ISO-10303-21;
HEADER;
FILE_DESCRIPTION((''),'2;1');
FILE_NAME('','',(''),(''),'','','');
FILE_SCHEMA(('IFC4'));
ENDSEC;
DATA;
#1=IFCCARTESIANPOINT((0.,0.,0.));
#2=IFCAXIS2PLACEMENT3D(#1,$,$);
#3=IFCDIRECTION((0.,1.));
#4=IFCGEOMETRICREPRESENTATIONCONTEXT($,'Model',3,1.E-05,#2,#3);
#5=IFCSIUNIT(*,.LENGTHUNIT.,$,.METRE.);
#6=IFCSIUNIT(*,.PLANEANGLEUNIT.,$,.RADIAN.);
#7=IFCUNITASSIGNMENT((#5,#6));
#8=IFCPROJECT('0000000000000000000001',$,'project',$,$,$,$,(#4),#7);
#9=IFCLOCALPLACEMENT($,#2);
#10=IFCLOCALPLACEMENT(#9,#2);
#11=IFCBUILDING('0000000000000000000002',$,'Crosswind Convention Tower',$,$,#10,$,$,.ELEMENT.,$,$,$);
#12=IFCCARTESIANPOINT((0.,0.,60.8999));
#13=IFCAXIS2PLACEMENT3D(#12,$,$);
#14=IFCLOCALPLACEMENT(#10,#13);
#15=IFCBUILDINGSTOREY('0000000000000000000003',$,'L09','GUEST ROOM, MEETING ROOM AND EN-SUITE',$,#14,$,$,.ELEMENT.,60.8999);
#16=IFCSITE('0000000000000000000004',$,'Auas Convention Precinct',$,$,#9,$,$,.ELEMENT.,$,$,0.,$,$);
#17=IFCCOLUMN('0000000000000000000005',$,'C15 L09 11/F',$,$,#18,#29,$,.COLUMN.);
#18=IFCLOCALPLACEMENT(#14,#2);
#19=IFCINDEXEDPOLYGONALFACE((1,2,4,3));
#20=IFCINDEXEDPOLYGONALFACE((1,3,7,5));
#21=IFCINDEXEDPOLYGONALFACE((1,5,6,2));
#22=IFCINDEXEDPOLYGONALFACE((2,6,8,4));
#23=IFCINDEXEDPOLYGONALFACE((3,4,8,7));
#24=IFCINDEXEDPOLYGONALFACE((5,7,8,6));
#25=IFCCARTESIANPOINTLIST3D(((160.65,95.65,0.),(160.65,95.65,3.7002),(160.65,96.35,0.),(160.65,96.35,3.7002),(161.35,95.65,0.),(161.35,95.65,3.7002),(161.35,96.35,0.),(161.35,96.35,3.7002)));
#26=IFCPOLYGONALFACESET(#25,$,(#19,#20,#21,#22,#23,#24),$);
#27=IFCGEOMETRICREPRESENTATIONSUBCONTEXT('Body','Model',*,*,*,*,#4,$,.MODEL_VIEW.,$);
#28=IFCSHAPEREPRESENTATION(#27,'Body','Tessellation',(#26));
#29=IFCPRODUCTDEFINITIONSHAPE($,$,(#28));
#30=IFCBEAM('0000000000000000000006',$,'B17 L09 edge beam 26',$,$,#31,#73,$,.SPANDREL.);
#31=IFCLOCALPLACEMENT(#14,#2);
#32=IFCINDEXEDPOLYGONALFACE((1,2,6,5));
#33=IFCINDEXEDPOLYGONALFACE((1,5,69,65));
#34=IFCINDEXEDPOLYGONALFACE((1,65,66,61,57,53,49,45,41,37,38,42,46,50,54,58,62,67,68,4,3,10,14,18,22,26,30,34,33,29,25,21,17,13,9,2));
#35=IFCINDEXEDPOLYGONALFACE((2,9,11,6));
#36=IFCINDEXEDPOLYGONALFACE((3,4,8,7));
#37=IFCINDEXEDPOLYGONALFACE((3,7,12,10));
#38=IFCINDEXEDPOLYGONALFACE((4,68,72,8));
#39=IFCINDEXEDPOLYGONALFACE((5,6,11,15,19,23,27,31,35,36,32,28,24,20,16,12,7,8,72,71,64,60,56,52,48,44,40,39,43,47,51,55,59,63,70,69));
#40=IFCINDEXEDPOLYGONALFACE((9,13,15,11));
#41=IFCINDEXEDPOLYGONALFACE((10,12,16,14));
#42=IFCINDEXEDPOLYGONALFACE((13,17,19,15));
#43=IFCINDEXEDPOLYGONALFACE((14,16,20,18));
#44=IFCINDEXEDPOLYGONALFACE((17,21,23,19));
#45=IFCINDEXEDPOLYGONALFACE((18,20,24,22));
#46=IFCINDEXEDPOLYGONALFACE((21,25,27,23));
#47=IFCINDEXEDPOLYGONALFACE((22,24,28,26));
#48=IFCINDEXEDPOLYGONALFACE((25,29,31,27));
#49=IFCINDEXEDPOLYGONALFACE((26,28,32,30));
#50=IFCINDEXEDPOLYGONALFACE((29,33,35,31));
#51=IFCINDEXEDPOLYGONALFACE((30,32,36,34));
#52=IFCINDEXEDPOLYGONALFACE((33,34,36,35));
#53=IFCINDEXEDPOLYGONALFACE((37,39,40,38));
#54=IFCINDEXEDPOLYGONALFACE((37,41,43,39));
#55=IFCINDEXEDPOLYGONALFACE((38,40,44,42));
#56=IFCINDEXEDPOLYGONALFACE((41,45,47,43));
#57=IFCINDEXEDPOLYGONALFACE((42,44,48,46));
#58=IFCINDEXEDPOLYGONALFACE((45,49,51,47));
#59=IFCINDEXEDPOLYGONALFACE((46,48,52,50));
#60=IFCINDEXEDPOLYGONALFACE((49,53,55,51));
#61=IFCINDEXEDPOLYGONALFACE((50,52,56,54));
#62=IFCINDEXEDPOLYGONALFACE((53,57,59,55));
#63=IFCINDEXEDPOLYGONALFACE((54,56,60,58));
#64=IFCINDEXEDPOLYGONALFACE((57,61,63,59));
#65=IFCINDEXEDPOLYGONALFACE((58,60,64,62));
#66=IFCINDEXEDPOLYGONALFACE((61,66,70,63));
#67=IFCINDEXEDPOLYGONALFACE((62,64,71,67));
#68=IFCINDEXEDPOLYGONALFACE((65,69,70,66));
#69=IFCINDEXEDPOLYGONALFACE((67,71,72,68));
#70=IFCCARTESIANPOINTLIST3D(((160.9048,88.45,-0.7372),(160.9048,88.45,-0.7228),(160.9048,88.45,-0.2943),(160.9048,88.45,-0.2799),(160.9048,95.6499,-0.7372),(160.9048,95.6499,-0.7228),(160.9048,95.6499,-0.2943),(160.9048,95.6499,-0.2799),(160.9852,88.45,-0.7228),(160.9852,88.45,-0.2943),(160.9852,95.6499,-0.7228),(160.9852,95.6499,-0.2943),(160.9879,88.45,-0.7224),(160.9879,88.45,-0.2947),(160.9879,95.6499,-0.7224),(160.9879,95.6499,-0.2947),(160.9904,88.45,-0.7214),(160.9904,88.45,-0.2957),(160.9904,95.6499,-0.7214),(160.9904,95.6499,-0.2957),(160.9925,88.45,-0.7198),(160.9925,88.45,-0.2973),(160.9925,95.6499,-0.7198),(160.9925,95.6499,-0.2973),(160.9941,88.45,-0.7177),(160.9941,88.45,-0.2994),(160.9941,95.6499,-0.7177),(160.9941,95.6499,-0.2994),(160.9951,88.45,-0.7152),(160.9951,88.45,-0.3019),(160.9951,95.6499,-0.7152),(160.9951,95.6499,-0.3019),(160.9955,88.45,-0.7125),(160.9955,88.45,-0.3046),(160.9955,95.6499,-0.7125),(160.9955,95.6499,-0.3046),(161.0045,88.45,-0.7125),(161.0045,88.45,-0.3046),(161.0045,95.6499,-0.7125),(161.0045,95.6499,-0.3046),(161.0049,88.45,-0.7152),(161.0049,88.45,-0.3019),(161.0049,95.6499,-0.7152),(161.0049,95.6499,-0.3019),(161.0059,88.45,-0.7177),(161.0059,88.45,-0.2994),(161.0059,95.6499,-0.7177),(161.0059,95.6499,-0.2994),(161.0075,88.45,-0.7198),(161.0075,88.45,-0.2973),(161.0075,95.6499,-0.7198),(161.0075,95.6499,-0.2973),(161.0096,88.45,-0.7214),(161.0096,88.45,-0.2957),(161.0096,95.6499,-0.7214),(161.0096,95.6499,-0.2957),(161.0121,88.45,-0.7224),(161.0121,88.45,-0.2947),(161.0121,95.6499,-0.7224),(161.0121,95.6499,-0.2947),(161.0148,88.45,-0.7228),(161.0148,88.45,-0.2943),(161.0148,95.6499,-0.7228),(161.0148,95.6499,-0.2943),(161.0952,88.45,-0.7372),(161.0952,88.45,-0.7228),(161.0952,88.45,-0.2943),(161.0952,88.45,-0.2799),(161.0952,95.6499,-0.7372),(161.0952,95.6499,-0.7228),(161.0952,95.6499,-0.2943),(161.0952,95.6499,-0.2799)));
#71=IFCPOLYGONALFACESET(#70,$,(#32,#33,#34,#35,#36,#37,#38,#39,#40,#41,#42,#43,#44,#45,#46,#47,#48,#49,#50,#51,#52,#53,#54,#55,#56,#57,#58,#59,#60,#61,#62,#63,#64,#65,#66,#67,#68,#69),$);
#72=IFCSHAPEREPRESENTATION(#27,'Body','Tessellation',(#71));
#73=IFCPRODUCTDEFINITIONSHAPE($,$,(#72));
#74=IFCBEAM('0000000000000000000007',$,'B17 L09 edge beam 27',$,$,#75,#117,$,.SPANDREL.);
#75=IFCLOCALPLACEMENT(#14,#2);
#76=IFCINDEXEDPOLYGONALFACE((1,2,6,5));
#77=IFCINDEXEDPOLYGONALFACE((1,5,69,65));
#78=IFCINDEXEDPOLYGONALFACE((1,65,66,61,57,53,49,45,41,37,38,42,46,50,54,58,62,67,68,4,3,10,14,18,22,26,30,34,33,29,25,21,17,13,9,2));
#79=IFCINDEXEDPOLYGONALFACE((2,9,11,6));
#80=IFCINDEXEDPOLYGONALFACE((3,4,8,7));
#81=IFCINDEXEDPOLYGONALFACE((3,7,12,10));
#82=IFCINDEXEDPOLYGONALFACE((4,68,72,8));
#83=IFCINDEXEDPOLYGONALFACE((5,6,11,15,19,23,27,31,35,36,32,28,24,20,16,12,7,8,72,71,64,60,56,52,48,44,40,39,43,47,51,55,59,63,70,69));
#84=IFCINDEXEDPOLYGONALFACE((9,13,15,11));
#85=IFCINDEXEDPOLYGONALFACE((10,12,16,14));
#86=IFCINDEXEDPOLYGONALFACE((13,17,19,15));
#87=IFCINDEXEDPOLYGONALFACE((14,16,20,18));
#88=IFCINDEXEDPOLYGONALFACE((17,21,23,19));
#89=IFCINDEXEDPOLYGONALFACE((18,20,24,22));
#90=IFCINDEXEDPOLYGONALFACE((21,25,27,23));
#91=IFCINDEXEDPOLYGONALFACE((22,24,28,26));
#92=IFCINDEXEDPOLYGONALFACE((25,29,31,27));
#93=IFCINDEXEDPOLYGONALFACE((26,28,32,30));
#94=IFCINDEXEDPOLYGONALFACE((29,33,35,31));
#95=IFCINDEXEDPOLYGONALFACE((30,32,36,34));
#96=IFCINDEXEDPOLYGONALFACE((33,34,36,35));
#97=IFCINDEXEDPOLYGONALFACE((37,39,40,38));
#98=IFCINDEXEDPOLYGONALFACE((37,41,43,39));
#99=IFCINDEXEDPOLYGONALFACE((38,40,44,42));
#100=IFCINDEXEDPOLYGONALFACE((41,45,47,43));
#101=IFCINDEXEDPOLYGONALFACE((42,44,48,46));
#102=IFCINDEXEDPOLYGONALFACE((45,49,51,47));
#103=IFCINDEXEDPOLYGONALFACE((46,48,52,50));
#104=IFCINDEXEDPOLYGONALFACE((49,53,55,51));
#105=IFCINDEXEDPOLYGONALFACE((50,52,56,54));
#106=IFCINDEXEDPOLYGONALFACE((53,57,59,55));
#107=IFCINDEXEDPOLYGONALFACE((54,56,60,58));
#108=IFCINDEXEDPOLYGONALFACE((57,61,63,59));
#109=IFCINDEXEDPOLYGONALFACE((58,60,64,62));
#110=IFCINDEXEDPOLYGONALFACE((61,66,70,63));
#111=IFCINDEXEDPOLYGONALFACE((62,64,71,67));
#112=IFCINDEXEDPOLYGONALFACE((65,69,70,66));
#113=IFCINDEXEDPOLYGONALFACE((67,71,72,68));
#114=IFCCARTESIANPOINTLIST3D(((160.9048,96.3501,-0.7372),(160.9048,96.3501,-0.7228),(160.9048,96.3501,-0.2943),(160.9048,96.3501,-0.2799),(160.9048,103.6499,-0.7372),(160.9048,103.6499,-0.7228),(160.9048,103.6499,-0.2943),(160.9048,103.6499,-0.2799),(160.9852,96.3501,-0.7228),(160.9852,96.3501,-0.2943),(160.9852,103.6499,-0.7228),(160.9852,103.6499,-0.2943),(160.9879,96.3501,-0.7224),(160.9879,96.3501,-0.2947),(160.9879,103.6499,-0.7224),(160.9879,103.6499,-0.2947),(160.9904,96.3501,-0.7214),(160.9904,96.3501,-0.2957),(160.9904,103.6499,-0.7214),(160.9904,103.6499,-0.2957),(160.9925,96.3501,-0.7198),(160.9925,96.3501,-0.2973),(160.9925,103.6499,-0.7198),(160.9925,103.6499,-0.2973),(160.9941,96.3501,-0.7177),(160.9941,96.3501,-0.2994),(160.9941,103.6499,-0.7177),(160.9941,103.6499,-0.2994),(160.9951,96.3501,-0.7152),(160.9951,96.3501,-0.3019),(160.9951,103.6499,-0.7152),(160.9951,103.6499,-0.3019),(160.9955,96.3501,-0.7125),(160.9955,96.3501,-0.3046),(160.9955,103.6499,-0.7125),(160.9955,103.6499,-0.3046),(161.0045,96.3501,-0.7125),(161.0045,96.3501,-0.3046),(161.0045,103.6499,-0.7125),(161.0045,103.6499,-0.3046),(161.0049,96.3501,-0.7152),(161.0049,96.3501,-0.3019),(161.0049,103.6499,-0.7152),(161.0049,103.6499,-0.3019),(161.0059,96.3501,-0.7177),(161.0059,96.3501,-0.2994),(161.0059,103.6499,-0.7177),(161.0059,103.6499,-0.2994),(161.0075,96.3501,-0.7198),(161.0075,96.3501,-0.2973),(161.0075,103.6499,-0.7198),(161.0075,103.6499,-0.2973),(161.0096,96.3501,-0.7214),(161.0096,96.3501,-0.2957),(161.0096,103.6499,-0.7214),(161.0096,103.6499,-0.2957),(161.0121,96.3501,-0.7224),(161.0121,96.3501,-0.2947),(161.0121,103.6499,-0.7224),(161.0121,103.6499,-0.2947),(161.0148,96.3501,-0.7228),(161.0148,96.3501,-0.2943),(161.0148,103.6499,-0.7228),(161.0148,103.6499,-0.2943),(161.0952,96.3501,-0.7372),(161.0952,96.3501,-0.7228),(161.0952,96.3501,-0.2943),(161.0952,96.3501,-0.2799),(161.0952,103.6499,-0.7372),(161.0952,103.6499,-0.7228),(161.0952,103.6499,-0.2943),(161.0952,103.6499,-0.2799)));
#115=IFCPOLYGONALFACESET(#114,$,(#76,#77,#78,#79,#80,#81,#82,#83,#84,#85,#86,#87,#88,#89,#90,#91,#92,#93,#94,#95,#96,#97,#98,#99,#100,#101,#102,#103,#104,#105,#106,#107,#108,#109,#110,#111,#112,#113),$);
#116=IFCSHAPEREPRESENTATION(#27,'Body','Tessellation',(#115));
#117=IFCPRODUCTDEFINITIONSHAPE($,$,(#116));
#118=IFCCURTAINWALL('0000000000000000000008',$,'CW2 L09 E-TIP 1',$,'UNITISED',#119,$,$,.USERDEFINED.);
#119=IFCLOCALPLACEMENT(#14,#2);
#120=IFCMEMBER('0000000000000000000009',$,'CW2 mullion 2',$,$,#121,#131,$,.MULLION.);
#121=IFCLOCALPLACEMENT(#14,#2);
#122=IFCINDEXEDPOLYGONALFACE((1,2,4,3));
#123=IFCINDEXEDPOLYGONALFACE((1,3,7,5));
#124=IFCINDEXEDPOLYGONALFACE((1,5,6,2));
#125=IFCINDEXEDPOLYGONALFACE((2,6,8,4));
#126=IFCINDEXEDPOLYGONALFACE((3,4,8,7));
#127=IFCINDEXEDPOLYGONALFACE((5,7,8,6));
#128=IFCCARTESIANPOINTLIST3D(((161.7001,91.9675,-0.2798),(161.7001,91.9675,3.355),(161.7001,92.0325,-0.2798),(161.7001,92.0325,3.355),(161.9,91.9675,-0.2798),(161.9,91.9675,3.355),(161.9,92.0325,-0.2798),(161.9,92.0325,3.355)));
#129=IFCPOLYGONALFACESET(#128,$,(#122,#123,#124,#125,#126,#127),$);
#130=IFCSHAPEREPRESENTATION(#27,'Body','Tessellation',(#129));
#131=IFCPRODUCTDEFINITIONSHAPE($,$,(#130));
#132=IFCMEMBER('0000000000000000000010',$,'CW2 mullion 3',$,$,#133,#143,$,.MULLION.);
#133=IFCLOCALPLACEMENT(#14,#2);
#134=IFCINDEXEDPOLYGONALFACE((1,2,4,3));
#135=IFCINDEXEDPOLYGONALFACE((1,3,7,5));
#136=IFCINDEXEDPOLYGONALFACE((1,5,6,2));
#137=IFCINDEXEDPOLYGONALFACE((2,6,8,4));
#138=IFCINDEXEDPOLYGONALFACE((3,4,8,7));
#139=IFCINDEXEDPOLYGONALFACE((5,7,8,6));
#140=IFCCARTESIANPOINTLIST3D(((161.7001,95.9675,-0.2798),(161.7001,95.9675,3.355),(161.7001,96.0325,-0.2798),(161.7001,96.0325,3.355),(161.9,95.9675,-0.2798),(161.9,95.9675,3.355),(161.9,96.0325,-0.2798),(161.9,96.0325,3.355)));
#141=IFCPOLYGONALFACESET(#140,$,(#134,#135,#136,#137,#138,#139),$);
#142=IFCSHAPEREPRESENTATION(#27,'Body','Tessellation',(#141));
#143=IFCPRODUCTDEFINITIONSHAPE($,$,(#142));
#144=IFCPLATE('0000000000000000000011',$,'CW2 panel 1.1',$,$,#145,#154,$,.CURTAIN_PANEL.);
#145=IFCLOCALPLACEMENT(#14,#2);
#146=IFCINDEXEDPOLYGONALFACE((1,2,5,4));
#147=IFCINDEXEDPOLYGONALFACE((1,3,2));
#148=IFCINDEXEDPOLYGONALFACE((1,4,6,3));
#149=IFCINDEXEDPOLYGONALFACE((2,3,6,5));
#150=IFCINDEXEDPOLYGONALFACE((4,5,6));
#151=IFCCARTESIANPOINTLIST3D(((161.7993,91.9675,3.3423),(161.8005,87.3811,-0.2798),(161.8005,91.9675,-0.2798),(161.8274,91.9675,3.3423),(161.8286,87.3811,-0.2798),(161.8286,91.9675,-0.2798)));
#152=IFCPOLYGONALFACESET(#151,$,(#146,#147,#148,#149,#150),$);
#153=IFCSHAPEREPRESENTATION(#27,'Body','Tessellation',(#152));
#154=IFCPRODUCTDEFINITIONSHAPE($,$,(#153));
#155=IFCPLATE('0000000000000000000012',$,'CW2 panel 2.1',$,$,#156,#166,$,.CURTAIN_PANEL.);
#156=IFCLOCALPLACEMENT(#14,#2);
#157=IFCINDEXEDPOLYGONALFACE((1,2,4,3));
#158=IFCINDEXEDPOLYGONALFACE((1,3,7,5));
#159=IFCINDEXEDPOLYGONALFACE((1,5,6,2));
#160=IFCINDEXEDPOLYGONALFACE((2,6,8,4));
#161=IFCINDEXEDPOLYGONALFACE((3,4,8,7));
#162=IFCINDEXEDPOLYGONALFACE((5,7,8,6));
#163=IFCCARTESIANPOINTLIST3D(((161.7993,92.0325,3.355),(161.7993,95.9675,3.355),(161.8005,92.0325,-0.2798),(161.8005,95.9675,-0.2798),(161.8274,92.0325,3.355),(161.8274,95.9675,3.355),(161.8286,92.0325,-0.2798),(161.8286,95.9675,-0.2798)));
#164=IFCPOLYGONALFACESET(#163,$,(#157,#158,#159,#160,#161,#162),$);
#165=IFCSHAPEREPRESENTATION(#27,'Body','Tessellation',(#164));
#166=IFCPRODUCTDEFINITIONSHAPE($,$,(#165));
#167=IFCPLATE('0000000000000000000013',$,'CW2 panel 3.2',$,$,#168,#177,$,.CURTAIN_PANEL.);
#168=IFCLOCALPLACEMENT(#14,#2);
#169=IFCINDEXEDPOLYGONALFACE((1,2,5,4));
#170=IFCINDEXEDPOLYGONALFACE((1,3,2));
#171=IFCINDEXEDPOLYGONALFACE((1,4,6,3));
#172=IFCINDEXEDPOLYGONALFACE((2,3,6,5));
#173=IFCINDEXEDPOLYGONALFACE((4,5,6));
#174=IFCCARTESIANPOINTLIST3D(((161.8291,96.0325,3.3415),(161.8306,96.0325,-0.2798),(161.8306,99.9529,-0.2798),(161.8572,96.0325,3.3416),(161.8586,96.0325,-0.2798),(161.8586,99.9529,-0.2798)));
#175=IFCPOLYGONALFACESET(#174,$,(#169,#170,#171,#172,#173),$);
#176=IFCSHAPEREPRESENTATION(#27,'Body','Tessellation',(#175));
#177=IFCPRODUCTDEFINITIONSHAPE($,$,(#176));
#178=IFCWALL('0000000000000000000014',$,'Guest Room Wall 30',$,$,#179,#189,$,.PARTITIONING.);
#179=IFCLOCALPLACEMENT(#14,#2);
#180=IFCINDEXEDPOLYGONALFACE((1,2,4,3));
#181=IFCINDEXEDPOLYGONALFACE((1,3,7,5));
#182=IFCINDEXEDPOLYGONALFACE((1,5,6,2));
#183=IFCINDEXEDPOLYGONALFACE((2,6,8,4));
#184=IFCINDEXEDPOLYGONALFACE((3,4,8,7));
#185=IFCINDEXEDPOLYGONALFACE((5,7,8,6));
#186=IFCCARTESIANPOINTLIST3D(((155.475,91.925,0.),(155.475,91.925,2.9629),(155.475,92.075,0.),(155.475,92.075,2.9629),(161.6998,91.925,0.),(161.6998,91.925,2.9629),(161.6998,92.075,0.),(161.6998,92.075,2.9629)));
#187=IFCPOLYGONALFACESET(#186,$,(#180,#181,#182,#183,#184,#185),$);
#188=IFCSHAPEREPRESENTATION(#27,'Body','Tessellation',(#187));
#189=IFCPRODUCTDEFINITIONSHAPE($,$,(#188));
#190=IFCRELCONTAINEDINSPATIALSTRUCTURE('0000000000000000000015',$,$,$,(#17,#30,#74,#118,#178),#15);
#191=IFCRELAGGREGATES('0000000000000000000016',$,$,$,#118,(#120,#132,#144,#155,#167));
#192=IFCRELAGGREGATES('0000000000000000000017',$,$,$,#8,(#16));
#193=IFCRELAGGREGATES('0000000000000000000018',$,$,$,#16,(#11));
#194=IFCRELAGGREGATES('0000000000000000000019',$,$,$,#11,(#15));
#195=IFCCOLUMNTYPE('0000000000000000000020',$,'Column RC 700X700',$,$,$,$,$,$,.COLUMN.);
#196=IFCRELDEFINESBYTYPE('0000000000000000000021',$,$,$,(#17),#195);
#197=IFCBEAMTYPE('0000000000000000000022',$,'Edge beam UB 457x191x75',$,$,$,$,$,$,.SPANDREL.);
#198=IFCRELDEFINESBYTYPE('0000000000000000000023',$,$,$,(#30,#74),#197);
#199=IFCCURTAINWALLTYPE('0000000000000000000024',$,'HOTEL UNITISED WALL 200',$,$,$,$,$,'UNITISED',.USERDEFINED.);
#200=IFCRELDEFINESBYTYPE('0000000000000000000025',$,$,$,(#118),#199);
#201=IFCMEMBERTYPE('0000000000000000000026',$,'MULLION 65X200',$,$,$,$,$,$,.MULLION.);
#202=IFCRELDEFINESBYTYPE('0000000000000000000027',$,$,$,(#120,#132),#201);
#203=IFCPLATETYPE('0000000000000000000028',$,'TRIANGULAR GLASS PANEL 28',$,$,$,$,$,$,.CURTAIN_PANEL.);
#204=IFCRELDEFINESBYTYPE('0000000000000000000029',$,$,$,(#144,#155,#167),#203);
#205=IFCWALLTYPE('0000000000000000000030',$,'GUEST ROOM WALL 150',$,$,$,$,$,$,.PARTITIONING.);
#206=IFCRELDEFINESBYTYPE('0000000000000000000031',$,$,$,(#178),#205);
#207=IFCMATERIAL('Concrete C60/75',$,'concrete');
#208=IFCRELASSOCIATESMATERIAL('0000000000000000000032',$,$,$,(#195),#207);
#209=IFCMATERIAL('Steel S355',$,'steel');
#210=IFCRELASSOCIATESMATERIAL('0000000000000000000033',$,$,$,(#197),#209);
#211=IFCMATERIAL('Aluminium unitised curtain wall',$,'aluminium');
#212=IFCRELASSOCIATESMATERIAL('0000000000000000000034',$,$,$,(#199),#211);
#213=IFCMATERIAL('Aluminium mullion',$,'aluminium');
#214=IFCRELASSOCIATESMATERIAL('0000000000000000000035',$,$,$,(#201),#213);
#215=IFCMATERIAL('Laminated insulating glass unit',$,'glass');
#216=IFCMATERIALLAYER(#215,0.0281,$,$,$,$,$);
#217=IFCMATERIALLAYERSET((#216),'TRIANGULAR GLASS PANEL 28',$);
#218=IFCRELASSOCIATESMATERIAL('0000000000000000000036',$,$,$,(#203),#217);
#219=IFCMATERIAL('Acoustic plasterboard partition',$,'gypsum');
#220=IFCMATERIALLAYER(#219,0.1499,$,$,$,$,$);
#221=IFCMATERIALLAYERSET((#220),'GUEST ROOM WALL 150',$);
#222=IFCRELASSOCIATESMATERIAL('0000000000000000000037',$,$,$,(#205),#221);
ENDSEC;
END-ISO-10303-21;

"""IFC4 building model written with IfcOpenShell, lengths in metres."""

from ifc_helpers import new_model, si_unit, direction, frame, frame_2d, origin, origin_2d, place, context, subcontext, project, spatial, polyline, rectangle, i_section, outline, extrude, material, layer, layer_set, material_profile, profile_set, type_object, element, aggregate, save


model = new_model("IFC4")

# Units and contexts
model_context = context("Model", 3, precision=1e-05, world=origin(), true_north=direction((0.0, 1.0)))
body_context = subcontext(model_context, "Body", "Model", "MODEL_VIEW")
ifc_project = project(units=[si_unit("LENGTHUNIT", "METRE"), si_unit("PLANEANGLEUNIT", "RADIAN")], contexts=[model_context])

# Site, building, storey
site_placement = place(None, origin())
site = spatial("IfcSite", under=ifc_project, at=site_placement, Name="Auas Convention Precinct", CompositionType="ELEMENT", RefElevation=0.0)
building_placement = place(site_placement, origin())
building = spatial("IfcBuilding", under=site, at=building_placement, Name="Crosswind Convention Tower", CompositionType="ELEMENT")
storey_placement = place(building_placement, frame((0.0, 0.0, 60.8999)))
storey = spatial("IfcBuildingStorey", under=building, at=storey_placement, Name="L09", Description="GUEST ROOM, MEETING ROOM AND EN-SUITE", CompositionType="ELEMENT", Elevation=60.8999)

# Column
ifc_material_1 = material(Name="Concrete C60/75", Category="concrete")
ifc_material_profile_1 = material_profile(ifc_material_1, rectangle(XDim=0.7, YDim=0.7, at=origin_2d()), Name="RC 700X700")
ifc_profile_set_1 = profile_set([ifc_material_profile_1], Name="Concrete C60/75")
column_type = type_object("IfcColumnType", Name="Column RC 700X700", PredefinedType="COLUMN", material=ifc_profile_set_1)
column_placement = place(storey_placement, frame((161.0, 96.0, 0.0), z_axis=(0.0, 0.0, 1.0), x_axis=(1.0, 0.0, 0.0)))
element("IfcColumn", 1, at=column_placement, inside=storey, type_object=column_type, Name="C15 L09 11/F", PredefinedType="COLUMN", context=body_context, shape_type="SweptSolid", body=[
    extrude(rectangle(XDim=0.7, YDim=0.7, at=origin_2d()), origin(), (0.0, 0.0, 1.0), 3.7002),
])

# Beams
ifc_material_2 = material(Name="Steel S355", Category="steel")
ifc_material_profile_2 = material_profile(ifc_material_2, i_section(OverallWidth=0.1904, OverallDepth=0.4573, WebThickness=0.009, FlangeThickness=0.0144, FilletRadius=0.0103, at=origin_2d()), Name="UB 457x191x75")
ifc_profile_set_2 = profile_set([ifc_material_profile_2], Name="Steel S355")
beam_type = type_object("IfcBeamType", Name="Edge beam UB 457x191x75", PredefinedType="SPANDREL", material=ifc_profile_set_2)
beam_1_placement = place(storey_placement, frame((161.0, 88.45, -0.5085), z_axis=(0.0, 1.0, 0.0), x_axis=(-1.0, 0.0, 0.0)))
element("IfcBeam", 2, at=beam_1_placement, inside=storey, type_object=beam_type, Name="B17 L09 edge beam 26", PredefinedType="SPANDREL", context=body_context, shape_type="SweptSolid", body=[
    extrude(i_section(OverallWidth=0.1904, OverallDepth=0.4573, WebThickness=0.009, FlangeThickness=0.0144, FilletRadius=0.0103, at=origin_2d()), origin(), (0.0, 0.0, 1.0), 7.2),
])
beam_2_placement = place(storey_placement, frame((161.0, 96.3501, -0.5085), z_axis=(0.0, 1.0, 0.0), x_axis=(-1.0, 0.0, 0.0)))
element("IfcBeam", 3, at=beam_2_placement, inside=storey, type_object=beam_type, Name="B17 L09 edge beam 27", PredefinedType="SPANDREL", context=body_context, shape_type="SweptSolid", body=[
    extrude(i_section(OverallWidth=0.1904, OverallDepth=0.4573, WebThickness=0.009, FlangeThickness=0.0144, FilletRadius=0.0103, at=origin_2d()), origin(), (0.0, 0.0, 1.0), 7.2998),
])

# Curtain wall, members, plates
ifc_material_3 = material(Name="Aluminium unitised curtain wall", Category="aluminium")
curtain_wall_type = type_object("IfcCurtainWallType", Name="HOTEL UNITISED WALL 200", ElementType="UNITISED", PredefinedType="USERDEFINED", material=ifc_material_3)
curtain_wall_placement = place(storey_placement, origin())
curtain_wall = element("IfcCurtainWall", 4, at=curtain_wall_placement, inside=storey, type_object=curtain_wall_type, Name="CW2 L09 E-TIP 1", ObjectType="UNITISED", PredefinedType="USERDEFINED")
ifc_material_4 = material(Name="Aluminium mullion", Category="aluminium")
ifc_material_profile_3 = material_profile(ifc_material_4, rectangle(XDim=0.2, YDim=0.0649, at=origin_2d()), Name="AL 200X65")
ifc_profile_set_3 = profile_set([ifc_material_profile_3], Name="Aluminium mullion")
member_type = type_object("IfcMemberType", Name="MULLION 65X200", PredefinedType="MULLION", material=ifc_profile_set_3)
member_1_placement = place(storey_placement, frame((161.8, 92.0, -0.2798), z_axis=(0.0, 0.0, 1.0), x_axis=(1.0, 0.0, 0.0)))
member_1 = element("IfcMember", 5, at=member_1_placement, type_object=member_type, Name="CW2 mullion 2", PredefinedType="MULLION", context=body_context, shape_type="SweptSolid", body=[
    extrude(rectangle(XDim=0.2, YDim=0.0649, at=origin_2d()), origin(), (0.0, 0.0, 1.0), 3.6348),
])
member_2_placement = place(storey_placement, frame((161.8, 96.0, -0.2798), z_axis=(0.0, 0.0, 1.0), x_axis=(1.0, 0.0, 0.0)))
member_2 = element("IfcMember", 6, at=member_2_placement, type_object=member_type, Name="CW2 mullion 3", PredefinedType="MULLION", context=body_context, shape_type="SweptSolid", body=[
    extrude(rectangle(XDim=0.2, YDim=0.0649, at=origin_2d()), origin(), (0.0, 0.0, 1.0), 3.6348),
])
ifc_material_5 = material(Name="Laminated insulating glass unit", Category="glass")
ifc_layer_1 = layer(ifc_material_5, 0.0281)
ifc_layer_set_1 = layer_set([ifc_layer_1], Name="TRIANGULAR GLASS PANEL 28")
plate_type = type_object("IfcPlateType", Name="TRIANGULAR GLASS PANEL 28", PredefinedType="CURTAIN_PANEL", material=ifc_layer_set_1)
plate_1_placement = place(storey_placement, frame((161.8286, 91.9675, -0.2798), z_axis=(1.0, 0.0, 0.000337), x_axis=(-0.000337, 0.0, 1.0)))
plate_1 = element("IfcPlate", 7, at=plate_1_placement, type_object=plate_type, Name="CW2 panel 1.1", PredefinedType="CURTAIN_PANEL", context=body_context, shape_type="SweptSolid", body=[
    extrude(outline(polyline([(0.0, 0.0), (3.6221, 0.0), (0.0, 4.5864), (0.0, 0.0)])), origin(), (0.0, 0.0, -1.0), 0.0281),
])
plate_2_placement = place(storey_placement, frame((161.8286, 92.0325, -0.2798), z_axis=(1.0, 0.0, 0.000336), x_axis=(0.0, 1.0, 0.0)))
plate_2 = element("IfcPlate", 8, at=plate_2_placement, type_object=plate_type, Name="CW2 panel 2.1", PredefinedType="CURTAIN_PANEL", context=body_context, shape_type="SweptSolid", body=[
    extrude(outline(polyline([(0.0, 0.0), (3.9351, 0.0), (3.9351, 3.6348), (0.0, 3.6348), (0.0, 0.0)])), origin(), (0.0, 0.0, -1.0), 0.0281),
])
plate_3_placement = place(storey_placement, frame((161.8586, 96.0325, -0.2798), z_axis=(1.0, 0.0, 0.000405), x_axis=(0.0, 1.0, 0.0)))
plate_3 = element("IfcPlate", 9, at=plate_3_placement, type_object=plate_type, Name="CW2 panel 3.2", PredefinedType="CURTAIN_PANEL", context=body_context, shape_type="SweptSolid", body=[
    extrude(outline(polyline([(0.0, 0.0), (3.9204, 0.0), (0.0, 3.6213), (0.0, 0.0)])), origin(), (0.0, 0.0, -1.0), 0.0281),
])
aggregate(curtain_wall, [member_1, member_2, plate_1, plate_2, plate_3])

# Wall
ifc_material_6 = material(Name="Acoustic plasterboard partition", Category="gypsum")
ifc_layer_2 = layer(ifc_material_6, 0.1499)
ifc_layer_set_2 = layer_set([ifc_layer_2], Name="GUEST ROOM WALL 150")
wall_type_1 = type_object("IfcWallType", Name="GUEST ROOM WALL 150", PredefinedType="PARTITIONING", material=ifc_layer_set_2)
wall_1_placement = place(storey_placement, frame((155.4751, 92.0, 0.0), z_axis=(0.0, 0.0, 1.0), x_axis=(1.0, 0.0, 0.0)))
element("IfcWall", 10, at=wall_1_placement, inside=storey, type_object=wall_type_1, Name="Guest Room Wall 30", PredefinedType="PARTITIONING", context=body_context, shape_type="SweptSolid", body=[
    extrude(rectangle(XDim=6.2249, YDim=0.1499, at=frame_2d((3.1123, 0.0))), origin(), (0.0, 0.0, 1.0), 2.9629),
])

save(model, "model.ifc")
